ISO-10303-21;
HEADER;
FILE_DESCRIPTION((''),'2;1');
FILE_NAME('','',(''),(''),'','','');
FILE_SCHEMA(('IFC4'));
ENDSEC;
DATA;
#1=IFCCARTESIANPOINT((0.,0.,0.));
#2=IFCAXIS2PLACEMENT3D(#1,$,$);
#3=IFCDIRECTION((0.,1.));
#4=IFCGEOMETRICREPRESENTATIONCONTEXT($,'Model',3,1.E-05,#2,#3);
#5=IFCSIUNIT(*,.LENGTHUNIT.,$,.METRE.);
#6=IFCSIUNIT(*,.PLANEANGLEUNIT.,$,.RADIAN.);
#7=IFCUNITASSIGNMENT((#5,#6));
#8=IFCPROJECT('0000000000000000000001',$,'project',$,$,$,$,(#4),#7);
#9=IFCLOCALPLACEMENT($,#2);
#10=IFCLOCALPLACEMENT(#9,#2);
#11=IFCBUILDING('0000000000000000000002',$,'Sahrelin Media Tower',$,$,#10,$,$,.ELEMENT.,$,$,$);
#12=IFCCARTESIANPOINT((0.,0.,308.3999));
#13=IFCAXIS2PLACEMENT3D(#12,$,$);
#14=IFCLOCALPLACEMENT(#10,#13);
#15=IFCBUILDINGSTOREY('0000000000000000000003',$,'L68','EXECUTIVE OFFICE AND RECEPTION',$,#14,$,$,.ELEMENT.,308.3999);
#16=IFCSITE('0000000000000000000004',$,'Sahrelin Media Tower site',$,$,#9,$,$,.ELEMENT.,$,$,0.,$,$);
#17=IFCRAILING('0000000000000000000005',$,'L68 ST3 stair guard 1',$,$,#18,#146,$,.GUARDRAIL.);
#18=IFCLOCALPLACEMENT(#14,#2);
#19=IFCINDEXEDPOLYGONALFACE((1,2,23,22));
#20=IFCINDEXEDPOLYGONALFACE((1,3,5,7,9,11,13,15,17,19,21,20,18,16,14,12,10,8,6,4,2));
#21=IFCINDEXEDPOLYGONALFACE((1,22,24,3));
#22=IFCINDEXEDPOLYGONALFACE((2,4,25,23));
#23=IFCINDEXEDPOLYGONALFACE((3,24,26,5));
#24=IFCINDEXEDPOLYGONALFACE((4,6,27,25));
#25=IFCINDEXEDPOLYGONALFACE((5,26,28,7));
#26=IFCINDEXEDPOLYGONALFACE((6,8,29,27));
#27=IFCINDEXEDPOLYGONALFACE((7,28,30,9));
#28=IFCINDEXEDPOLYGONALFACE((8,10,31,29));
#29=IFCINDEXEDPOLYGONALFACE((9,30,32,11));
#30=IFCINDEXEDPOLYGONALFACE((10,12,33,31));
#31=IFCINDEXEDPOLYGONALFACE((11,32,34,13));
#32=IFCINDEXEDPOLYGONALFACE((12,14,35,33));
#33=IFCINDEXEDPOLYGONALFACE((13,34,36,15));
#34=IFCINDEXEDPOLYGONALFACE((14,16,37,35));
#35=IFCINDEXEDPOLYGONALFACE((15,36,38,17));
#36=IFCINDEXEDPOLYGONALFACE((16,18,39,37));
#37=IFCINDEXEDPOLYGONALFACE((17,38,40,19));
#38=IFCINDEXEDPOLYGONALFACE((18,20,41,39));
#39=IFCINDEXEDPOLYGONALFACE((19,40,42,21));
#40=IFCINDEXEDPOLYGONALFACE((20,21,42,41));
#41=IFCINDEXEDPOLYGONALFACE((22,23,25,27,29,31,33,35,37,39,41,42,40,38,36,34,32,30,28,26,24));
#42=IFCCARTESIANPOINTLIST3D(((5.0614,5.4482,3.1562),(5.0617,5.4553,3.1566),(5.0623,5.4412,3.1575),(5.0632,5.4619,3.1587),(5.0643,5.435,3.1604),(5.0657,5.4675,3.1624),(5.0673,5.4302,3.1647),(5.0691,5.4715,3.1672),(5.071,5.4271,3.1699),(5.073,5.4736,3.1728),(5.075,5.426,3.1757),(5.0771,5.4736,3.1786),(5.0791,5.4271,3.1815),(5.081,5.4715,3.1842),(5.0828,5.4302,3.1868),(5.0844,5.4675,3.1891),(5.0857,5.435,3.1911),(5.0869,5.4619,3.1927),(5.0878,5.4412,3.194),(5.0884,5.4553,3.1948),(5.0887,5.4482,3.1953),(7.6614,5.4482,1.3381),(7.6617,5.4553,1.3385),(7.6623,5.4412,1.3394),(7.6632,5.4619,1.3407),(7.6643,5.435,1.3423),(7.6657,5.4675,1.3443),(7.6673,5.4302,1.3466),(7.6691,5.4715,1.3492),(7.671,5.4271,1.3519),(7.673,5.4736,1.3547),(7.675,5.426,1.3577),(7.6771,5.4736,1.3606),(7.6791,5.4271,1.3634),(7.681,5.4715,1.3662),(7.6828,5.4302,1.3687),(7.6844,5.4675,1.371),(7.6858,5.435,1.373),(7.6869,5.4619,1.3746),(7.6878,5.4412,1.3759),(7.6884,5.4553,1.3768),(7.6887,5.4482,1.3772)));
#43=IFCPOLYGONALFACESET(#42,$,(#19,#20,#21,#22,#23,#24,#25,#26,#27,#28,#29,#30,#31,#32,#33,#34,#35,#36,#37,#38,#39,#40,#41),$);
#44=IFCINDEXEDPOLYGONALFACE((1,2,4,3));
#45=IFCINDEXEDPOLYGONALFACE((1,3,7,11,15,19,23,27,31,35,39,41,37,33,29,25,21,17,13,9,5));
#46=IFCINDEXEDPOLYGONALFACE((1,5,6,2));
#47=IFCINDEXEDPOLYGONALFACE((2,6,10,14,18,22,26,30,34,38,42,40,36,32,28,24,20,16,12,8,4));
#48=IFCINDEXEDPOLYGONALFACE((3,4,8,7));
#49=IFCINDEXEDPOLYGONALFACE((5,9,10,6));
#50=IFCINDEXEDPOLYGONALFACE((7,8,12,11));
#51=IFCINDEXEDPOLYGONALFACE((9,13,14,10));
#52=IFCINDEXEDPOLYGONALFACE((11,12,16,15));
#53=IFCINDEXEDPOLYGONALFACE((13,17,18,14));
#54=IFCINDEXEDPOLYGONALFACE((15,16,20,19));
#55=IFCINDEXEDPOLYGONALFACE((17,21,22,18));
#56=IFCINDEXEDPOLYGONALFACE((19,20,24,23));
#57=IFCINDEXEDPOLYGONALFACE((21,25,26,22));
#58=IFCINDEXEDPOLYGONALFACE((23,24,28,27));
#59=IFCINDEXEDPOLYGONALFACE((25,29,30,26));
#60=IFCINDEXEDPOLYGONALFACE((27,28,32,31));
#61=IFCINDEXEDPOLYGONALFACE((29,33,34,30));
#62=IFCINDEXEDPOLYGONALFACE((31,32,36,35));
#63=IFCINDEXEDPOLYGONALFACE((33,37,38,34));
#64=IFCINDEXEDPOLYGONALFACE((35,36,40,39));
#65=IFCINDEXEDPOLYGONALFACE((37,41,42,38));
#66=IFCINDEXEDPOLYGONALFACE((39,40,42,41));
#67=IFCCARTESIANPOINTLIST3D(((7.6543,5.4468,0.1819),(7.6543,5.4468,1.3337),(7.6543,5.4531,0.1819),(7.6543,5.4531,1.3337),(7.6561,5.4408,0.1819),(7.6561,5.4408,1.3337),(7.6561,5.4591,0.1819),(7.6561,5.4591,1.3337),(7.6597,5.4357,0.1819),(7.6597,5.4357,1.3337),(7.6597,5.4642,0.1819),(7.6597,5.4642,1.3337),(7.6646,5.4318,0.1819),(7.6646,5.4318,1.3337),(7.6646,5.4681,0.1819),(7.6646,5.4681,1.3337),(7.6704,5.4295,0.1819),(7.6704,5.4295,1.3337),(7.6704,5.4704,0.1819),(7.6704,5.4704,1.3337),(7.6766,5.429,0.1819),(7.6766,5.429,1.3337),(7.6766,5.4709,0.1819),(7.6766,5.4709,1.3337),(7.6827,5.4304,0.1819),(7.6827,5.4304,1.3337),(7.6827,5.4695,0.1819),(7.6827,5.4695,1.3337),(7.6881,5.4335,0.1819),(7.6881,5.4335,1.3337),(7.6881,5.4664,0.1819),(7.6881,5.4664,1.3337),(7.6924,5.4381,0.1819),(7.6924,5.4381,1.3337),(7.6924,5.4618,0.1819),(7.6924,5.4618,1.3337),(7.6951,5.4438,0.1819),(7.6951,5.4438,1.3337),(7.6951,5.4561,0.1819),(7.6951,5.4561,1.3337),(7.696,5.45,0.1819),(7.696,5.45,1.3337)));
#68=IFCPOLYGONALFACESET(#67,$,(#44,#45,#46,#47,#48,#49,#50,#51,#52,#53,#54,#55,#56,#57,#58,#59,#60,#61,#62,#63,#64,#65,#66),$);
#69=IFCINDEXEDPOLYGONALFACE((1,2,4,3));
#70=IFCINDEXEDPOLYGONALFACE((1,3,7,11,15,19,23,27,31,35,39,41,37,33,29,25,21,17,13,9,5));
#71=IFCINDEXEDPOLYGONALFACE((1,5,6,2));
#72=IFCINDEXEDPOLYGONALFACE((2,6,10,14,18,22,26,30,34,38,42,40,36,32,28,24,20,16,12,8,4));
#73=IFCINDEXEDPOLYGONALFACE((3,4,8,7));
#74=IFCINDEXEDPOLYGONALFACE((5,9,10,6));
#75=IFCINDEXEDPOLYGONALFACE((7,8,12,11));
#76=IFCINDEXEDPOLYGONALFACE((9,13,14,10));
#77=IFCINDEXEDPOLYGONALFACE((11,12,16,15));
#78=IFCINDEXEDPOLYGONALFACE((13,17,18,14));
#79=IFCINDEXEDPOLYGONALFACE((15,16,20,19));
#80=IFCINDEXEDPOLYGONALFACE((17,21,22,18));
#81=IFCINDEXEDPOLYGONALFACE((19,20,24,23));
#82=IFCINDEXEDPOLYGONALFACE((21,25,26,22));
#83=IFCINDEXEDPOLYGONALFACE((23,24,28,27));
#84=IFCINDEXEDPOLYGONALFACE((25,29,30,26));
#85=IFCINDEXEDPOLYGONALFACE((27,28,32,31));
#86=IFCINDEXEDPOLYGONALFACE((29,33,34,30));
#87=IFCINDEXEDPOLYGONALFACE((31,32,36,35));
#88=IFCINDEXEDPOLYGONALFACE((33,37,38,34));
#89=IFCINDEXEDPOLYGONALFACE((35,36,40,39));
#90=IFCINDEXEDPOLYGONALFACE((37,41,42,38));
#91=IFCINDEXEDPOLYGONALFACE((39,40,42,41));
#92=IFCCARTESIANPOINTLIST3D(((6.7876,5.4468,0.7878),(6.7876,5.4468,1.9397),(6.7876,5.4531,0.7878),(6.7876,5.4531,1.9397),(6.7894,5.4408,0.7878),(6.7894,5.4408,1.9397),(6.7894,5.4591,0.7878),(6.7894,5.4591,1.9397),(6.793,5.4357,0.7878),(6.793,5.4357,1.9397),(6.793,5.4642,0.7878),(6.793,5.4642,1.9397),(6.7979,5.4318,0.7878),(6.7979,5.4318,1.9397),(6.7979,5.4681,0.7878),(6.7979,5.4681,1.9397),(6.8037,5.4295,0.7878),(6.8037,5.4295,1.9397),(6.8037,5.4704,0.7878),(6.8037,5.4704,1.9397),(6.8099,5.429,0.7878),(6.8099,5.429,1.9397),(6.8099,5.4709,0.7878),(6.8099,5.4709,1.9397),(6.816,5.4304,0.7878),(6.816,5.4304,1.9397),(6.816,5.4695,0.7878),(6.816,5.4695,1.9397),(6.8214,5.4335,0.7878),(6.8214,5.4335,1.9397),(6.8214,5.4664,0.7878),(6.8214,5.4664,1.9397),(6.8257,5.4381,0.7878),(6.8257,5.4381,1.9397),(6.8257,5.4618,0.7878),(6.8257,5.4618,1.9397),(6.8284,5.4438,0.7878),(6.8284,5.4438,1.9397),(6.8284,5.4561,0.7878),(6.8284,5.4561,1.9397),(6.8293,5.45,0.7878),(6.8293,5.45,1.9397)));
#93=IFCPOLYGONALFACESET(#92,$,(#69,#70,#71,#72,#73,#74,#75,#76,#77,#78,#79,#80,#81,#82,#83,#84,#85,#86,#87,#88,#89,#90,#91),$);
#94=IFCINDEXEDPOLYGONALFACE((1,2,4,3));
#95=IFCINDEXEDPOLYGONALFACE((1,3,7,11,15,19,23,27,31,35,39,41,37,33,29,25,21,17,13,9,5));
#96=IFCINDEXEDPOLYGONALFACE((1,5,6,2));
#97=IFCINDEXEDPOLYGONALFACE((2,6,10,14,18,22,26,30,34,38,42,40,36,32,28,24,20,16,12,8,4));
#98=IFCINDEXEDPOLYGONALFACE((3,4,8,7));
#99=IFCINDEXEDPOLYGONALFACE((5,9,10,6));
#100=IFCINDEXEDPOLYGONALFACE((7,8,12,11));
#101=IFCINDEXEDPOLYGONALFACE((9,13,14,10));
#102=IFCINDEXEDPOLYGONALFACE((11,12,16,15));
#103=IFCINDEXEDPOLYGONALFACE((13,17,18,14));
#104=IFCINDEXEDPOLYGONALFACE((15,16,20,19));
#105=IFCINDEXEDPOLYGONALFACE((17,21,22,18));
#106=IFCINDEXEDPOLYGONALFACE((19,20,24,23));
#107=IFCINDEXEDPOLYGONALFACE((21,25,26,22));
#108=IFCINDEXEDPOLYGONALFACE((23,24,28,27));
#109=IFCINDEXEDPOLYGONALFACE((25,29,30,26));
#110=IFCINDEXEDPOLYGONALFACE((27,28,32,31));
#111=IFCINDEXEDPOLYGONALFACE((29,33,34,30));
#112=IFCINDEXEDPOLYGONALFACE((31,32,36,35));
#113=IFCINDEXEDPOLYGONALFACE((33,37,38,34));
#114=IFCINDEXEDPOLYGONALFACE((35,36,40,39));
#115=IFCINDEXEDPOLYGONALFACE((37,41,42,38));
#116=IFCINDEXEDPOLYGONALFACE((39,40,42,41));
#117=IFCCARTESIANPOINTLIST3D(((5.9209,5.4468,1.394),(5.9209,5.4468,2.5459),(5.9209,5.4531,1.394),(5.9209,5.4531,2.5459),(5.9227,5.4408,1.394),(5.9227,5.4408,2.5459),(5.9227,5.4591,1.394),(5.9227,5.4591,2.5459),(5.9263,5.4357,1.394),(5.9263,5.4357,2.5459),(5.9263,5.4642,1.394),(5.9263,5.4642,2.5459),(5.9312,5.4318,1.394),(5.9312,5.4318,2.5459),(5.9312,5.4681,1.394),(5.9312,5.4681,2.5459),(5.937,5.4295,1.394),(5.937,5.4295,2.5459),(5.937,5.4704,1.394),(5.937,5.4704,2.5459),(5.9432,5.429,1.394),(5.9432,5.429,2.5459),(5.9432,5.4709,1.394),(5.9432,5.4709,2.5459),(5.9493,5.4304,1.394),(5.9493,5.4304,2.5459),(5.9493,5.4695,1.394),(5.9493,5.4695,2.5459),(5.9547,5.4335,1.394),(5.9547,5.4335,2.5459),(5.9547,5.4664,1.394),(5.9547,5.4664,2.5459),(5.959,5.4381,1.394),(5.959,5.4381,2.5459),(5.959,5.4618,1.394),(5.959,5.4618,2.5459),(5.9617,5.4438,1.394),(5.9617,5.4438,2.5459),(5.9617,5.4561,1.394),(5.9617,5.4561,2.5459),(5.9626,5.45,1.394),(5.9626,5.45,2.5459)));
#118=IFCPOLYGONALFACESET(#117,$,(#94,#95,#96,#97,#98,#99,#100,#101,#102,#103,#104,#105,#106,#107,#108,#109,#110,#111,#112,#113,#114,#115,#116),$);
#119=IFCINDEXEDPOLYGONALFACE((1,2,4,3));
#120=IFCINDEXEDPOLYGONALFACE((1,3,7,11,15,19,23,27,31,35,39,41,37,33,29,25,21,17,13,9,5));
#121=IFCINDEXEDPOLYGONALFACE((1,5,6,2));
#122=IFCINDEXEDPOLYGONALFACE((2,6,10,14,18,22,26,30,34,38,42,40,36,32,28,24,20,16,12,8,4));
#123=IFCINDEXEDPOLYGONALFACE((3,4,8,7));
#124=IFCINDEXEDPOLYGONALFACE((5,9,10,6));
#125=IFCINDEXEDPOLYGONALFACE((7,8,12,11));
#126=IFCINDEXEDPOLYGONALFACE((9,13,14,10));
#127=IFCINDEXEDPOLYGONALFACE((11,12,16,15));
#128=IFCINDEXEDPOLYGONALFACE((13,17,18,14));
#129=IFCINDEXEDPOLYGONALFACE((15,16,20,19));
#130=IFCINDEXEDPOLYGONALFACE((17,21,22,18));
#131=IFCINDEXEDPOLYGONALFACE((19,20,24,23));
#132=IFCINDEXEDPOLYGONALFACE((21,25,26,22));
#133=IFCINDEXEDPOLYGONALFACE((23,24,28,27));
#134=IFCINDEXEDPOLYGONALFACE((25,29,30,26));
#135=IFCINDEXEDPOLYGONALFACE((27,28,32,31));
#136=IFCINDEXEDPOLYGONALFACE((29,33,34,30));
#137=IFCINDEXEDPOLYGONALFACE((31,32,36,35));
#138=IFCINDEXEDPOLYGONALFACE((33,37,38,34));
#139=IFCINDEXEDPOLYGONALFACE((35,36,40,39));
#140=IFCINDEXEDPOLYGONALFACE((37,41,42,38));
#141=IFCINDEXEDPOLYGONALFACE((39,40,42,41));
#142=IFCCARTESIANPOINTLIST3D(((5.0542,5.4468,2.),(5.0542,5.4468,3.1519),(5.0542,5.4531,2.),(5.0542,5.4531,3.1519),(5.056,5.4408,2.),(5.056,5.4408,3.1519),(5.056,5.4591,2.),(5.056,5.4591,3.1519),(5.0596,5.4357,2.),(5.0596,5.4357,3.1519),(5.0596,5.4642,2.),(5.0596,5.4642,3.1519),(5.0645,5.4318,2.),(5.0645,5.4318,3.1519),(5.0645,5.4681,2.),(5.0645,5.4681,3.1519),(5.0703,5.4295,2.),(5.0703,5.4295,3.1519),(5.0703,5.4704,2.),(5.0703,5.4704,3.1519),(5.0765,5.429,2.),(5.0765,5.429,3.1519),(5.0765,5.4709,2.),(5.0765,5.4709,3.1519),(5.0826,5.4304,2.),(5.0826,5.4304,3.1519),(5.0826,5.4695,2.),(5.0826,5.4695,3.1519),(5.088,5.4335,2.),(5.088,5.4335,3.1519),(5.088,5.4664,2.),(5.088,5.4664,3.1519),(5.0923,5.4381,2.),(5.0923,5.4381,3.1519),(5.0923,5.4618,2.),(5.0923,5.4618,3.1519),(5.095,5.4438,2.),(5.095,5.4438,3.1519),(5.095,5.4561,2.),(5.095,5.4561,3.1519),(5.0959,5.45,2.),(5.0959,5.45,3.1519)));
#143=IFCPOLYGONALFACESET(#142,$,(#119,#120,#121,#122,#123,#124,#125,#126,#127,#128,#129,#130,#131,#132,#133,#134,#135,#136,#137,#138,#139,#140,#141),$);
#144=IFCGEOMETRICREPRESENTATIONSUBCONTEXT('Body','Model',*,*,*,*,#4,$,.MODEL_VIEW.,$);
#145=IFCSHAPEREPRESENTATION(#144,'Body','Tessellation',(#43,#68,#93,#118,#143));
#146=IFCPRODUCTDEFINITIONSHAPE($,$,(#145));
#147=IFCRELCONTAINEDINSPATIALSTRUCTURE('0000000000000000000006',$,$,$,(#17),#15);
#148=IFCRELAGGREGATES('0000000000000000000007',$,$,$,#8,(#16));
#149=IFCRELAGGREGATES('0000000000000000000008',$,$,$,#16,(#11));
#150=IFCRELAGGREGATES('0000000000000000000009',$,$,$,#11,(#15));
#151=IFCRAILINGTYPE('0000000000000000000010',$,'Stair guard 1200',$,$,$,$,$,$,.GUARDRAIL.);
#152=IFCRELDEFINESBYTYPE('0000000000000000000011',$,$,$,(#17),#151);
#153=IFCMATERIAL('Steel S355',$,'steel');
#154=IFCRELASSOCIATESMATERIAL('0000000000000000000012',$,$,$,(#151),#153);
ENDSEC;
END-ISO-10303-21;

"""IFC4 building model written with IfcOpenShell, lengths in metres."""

from ifc_helpers import new_model, si_unit, direction, frame, origin, origin_2d, place, context, subcontext, project, spatial, circle, extrude, material, type_object, element, save


model = new_model("IFC4")

# Units and contexts
model_context = context("Model", 3, precision=1e-05, world=origin(), true_north=direction((0.0, 1.0)))
body_context = subcontext(model_context, "Body", "Model", "MODEL_VIEW")
ifc_project = project(units=[si_unit("LENGTHUNIT", "METRE"), si_unit("PLANEANGLEUNIT", "RADIAN")], contexts=[model_context])

# Site, building, storey
site_placement = place(None, origin())
site = spatial("IfcSite", under=ifc_project, at=site_placement, Name="Sahrelin Media Tower site", CompositionType="ELEMENT", RefElevation=0.0)
building_placement = place(site_placement, origin())
building = spatial("IfcBuilding", under=site, at=building_placement, Name="Sahrelin Media Tower", CompositionType="ELEMENT")
storey_placement = place(building_placement, frame((0.0, 0.0, 308.3999)))
storey = spatial("IfcBuildingStorey", under=building, at=storey_placement, Name="L68", Description="EXECUTIVE OFFICE AND RECEPTION", CompositionType="ELEMENT", Elevation=308.3999)

# Shared definitions
ifc_material_1 = material(Name="Steel S355", Category="steel")

# Railing
railing_type_1 = type_object("IfcRailingType", Name="Stair guard 1200", PredefinedType="GUARDRAIL", material=ifc_material_1)
railing_1_placement = place(storey_placement, frame((7.675, 5.45, 0.1819)))
element("IfcRailing", 1, at=railing_1_placement, inside=storey, type_object=railing_type_1, Name="L68 ST3 stair guard 1", PredefinedType="GUARDRAIL", context=body_context, shape_type="SweptSolid", body=[
    extrude(circle(Radius=0.0239, at=origin_2d()), frame((0.0, 0.0, 1.1758), z_axis=(-0.819521, 0.0, 0.573049), x_axis=(0.0, -1.0, 0.0)), (0.0, 0.0, 1.0), 3.1726),
    extrude(circle(Radius=0.021, at=origin_2d()), origin(), (0.0, 0.0, 1.0), 1.1519),
    extrude(circle(Radius=0.021, at=origin_2d()), frame((-0.8667, 0.0, 0.606)), (0.0, 0.0, 1.0), 1.1519),
    extrude(circle(Radius=0.021, at=origin_2d()), frame((-1.7334, 0.0, 1.2122)), (0.0, 0.0, 1.0), 1.1519),
    extrude(circle(Radius=0.021, at=origin_2d()), frame((-2.6001, 0.0, 1.8181)), (0.0, 0.0, 1.0), 1.1519),
])

save(model, "model.ifc")
